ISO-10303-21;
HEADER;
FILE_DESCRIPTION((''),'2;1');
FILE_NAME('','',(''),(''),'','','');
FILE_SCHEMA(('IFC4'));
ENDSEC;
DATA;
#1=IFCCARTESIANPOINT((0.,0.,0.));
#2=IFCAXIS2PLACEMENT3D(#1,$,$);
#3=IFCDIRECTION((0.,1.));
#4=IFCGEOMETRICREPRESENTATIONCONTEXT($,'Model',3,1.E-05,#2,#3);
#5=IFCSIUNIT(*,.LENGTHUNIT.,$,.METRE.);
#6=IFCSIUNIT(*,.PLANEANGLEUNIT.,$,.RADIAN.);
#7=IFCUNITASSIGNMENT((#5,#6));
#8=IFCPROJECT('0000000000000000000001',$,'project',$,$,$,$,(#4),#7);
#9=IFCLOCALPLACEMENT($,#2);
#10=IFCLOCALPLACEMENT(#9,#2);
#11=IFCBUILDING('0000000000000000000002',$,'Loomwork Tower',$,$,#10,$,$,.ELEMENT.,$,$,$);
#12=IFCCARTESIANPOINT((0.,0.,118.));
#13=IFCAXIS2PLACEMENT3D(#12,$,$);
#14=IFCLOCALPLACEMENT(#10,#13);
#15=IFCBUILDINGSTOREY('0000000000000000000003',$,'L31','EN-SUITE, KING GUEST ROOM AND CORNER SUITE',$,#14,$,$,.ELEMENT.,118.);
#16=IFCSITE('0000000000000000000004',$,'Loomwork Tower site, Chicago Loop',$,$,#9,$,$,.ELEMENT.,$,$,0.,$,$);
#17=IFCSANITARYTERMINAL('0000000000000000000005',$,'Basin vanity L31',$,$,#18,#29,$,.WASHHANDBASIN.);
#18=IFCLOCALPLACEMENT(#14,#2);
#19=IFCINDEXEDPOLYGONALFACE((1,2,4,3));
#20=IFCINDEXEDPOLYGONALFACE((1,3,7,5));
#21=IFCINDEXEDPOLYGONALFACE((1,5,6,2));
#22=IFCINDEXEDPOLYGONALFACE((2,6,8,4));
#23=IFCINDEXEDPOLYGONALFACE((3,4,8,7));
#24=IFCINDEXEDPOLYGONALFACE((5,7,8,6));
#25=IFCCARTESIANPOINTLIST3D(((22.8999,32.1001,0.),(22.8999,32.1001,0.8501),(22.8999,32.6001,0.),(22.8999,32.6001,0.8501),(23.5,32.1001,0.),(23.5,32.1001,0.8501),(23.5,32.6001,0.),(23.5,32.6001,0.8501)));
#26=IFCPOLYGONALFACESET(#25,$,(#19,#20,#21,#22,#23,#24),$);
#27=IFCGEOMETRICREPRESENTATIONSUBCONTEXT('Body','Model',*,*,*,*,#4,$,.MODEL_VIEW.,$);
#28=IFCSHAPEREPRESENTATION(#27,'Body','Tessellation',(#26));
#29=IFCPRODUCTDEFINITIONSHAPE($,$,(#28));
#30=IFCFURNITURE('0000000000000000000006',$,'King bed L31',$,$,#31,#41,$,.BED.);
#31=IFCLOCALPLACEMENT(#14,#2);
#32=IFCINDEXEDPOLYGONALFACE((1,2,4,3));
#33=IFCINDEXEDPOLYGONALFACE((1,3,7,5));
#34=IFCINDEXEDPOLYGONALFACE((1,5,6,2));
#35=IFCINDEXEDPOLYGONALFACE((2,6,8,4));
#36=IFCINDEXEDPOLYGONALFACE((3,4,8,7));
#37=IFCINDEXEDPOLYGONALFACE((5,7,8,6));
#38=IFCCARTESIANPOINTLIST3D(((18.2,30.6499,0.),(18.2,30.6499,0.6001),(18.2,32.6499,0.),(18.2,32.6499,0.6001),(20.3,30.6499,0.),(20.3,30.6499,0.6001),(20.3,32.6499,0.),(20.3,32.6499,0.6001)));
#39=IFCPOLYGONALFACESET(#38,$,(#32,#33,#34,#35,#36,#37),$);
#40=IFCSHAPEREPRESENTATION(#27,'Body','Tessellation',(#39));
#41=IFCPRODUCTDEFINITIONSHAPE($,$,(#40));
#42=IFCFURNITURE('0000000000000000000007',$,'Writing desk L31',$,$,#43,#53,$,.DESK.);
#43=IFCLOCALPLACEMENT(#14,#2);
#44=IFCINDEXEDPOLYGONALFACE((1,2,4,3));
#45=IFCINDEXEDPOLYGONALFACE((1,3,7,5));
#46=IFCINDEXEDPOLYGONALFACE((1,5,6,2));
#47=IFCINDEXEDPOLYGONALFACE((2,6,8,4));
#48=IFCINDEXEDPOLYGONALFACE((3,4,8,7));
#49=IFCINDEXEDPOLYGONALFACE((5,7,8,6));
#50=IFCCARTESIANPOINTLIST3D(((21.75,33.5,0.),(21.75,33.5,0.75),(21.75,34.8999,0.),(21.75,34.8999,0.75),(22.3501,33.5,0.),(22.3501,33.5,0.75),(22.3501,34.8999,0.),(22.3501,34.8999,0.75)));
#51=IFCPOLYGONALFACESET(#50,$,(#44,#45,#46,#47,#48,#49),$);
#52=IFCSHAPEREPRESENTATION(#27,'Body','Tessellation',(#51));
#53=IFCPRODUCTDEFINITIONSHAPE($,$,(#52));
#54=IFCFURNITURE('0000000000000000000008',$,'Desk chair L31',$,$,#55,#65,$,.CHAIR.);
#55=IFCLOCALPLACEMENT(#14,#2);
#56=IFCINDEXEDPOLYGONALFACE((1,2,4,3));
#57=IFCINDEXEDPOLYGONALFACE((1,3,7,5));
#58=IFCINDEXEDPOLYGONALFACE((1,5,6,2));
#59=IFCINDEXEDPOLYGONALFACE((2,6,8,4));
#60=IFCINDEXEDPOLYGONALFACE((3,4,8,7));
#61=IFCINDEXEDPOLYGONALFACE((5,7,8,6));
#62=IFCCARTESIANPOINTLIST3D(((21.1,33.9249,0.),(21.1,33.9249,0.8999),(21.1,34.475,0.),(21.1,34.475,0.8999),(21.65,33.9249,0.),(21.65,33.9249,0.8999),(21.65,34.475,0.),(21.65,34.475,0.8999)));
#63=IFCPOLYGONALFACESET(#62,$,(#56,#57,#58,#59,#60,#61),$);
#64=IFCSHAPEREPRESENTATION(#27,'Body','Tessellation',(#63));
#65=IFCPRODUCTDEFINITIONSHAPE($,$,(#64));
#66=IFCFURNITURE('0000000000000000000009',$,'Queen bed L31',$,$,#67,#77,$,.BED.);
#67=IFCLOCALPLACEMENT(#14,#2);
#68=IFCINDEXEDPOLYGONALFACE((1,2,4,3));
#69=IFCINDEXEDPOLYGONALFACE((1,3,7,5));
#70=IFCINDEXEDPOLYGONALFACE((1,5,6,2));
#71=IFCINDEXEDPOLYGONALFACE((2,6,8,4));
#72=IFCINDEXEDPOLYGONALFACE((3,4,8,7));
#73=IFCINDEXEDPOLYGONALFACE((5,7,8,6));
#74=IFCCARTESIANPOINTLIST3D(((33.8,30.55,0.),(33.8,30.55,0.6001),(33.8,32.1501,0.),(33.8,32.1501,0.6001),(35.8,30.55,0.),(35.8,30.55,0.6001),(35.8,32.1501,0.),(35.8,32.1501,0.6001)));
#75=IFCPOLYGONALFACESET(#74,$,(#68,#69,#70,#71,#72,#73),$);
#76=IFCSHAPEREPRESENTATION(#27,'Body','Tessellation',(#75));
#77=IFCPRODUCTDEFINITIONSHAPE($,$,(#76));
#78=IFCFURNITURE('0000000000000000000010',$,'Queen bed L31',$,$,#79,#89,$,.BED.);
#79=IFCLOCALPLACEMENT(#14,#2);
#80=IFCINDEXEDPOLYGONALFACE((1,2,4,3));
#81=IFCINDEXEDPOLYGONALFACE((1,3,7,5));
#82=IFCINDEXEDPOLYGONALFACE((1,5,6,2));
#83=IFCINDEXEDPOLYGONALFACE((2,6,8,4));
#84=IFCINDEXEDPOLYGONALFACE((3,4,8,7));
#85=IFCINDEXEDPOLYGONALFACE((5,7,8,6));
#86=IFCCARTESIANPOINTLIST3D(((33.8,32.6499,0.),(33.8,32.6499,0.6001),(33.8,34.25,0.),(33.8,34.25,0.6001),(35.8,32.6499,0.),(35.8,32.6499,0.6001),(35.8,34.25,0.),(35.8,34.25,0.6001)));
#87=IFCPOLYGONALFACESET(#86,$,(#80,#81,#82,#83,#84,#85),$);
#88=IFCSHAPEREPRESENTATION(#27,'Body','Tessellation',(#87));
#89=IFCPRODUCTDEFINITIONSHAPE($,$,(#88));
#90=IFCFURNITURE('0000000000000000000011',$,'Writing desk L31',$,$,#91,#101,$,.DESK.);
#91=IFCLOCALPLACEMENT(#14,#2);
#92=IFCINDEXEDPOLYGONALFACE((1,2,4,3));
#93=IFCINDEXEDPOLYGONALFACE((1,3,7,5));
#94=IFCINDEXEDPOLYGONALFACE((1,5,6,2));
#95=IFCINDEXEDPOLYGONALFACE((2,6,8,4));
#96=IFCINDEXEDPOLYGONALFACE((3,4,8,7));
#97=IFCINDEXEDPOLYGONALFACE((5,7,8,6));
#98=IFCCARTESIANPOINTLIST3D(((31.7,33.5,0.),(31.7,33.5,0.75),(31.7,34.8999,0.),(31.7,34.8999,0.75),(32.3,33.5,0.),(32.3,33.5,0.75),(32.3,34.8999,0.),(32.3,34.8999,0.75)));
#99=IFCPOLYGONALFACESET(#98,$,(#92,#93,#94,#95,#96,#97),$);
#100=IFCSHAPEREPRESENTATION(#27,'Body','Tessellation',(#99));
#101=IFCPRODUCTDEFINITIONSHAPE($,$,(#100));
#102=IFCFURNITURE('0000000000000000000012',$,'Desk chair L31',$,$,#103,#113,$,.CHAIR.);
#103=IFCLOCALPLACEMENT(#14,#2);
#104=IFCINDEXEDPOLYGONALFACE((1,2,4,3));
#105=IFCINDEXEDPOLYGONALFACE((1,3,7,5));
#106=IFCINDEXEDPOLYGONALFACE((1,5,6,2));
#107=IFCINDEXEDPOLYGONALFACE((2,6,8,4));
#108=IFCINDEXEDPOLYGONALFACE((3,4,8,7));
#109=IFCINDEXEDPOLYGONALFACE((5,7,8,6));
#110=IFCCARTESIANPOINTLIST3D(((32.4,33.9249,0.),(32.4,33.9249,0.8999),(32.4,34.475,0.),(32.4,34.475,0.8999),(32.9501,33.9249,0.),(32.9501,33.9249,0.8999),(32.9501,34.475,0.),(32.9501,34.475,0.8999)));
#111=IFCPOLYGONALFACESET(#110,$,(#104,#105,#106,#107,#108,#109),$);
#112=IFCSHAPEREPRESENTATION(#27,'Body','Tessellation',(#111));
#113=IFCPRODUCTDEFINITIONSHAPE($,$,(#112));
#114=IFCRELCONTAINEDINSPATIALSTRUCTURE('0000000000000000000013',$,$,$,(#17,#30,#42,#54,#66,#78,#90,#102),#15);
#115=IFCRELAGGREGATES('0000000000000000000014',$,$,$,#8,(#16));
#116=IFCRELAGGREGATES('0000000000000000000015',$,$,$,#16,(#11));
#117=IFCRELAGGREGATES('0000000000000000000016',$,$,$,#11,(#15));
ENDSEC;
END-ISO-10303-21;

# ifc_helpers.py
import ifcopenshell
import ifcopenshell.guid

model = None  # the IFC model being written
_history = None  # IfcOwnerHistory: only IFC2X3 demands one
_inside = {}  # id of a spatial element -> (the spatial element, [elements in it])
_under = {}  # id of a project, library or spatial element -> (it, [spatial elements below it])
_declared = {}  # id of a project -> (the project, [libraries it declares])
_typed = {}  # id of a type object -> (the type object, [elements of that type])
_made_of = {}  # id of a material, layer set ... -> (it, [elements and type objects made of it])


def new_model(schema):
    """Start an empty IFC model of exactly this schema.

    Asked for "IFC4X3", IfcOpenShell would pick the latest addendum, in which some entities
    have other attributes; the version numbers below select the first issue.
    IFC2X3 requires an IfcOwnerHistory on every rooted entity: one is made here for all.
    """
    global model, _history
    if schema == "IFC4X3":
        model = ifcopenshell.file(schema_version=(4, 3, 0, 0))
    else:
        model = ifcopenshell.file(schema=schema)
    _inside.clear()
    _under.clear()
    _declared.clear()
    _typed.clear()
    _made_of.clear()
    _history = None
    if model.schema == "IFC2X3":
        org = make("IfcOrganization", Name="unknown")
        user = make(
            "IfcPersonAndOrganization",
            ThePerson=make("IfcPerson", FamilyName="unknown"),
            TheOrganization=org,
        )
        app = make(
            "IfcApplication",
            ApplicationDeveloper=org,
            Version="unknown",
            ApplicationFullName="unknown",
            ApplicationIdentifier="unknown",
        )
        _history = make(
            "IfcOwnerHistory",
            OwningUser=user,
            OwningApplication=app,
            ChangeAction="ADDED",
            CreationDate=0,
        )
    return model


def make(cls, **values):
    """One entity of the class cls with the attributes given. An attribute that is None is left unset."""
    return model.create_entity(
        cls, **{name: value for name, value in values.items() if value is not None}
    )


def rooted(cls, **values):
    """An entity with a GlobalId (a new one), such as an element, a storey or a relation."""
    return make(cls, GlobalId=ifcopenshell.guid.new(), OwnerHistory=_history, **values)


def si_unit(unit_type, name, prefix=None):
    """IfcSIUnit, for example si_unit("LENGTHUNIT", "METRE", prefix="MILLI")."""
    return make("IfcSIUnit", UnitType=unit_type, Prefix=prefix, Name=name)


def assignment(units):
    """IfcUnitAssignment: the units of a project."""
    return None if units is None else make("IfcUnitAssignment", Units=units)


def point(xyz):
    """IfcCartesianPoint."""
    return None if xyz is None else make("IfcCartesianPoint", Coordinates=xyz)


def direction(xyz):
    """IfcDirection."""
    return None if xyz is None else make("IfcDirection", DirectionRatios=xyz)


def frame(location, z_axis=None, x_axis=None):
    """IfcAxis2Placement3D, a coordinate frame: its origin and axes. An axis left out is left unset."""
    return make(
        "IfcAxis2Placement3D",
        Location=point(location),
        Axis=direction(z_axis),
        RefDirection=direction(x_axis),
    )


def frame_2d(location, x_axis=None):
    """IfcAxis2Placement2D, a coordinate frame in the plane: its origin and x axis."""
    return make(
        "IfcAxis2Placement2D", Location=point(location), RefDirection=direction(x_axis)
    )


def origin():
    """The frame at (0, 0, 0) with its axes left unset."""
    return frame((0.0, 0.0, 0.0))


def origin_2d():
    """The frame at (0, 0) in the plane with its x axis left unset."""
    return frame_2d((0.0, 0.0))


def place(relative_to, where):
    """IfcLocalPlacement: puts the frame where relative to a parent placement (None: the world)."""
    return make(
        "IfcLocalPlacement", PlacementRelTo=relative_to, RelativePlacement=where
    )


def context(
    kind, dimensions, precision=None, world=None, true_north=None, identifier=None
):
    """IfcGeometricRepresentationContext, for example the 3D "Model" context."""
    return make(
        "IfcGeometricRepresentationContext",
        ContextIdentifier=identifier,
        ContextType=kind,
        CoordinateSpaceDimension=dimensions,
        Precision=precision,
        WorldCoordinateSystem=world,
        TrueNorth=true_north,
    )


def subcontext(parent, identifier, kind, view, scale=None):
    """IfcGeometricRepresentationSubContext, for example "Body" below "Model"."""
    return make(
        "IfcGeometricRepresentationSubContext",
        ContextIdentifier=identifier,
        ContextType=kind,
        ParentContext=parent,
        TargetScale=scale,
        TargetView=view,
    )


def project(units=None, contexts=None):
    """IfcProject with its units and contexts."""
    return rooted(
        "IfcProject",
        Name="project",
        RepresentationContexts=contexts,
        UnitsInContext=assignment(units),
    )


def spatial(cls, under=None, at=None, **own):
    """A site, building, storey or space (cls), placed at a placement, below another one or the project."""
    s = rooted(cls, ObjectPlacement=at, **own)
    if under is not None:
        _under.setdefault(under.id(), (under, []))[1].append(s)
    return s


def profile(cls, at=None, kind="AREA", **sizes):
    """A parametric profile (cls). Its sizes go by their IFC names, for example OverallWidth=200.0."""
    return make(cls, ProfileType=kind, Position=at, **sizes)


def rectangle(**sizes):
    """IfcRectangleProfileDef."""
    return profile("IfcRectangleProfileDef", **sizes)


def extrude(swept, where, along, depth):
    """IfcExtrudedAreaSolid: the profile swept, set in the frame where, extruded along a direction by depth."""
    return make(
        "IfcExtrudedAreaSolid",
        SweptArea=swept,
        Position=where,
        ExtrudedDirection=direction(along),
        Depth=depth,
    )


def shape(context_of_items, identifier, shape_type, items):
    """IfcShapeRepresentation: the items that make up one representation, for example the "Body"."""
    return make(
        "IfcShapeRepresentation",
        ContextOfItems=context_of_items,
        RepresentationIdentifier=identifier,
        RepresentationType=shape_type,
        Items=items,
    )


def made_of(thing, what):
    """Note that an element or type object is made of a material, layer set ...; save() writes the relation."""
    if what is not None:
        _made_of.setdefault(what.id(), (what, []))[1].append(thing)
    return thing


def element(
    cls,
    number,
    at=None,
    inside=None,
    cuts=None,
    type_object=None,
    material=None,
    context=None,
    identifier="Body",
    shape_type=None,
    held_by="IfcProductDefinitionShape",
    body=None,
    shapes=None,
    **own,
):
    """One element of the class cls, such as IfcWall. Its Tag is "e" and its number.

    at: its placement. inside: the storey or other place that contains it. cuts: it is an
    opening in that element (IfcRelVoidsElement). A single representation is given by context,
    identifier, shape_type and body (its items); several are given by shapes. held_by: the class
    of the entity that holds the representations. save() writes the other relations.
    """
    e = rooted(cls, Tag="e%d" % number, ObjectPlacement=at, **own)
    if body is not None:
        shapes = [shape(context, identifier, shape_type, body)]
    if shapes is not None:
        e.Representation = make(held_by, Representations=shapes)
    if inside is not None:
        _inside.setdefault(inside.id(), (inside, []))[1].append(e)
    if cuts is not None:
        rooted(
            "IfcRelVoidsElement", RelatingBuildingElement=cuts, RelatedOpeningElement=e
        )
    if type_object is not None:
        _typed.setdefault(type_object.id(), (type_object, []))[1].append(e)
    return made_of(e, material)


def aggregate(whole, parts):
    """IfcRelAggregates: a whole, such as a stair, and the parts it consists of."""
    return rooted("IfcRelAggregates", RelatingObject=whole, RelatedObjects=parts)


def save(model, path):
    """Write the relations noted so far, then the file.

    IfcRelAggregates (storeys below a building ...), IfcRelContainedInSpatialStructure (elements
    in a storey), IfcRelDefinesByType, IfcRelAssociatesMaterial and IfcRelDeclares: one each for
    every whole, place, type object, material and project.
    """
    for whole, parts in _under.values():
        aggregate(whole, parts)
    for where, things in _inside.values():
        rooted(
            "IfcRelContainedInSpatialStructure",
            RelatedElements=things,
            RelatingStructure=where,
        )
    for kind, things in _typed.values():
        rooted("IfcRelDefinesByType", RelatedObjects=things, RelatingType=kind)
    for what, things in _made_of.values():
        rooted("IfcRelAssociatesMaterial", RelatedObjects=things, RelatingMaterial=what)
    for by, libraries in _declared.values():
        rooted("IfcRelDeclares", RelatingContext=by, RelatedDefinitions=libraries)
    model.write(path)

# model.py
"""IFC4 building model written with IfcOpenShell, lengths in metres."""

from ifc_helpers import new_model, si_unit, direction, frame, origin, origin_2d, place, context, subcontext, project, spatial, rectangle, extrude, element, save


model = new_model("IFC4")

# Units and contexts
model_context = context("Model", 3, precision=1e-05, world=origin(), true_north=direction((0.0, 1.0)))
body_context = subcontext(model_context, "Body", "Model", "MODEL_VIEW")
ifc_project = project(units=[si_unit("LENGTHUNIT", "METRE"), si_unit("PLANEANGLEUNIT", "RADIAN")], contexts=[model_context])

# Site, building, storey
site_placement = place(None, origin())
site = spatial("IfcSite", under=ifc_project, at=site_placement, Name="Loomwork Tower site, Chicago Loop", CompositionType="ELEMENT", RefElevation=0.0)
building_placement = place(site_placement, origin())
building = spatial("IfcBuilding", under=site, at=building_placement, Name="Loomwork Tower", CompositionType="ELEMENT")
storey_placement = place(building_placement, frame((0.0, 0.0, 118.0)))
storey = spatial("IfcBuildingStorey", under=building, at=storey_placement, Name="L31", Description="EN-SUITE, KING GUEST ROOM AND CORNER SUITE", CompositionType="ELEMENT", Elevation=118.0)

# Sanitary terminal
sanitary_terminal_1_placement = place(storey_placement, frame((23.2, 32.3501, 0.0), z_axis=(0.0, 0.0, 1.0), x_axis=(1.0, 0.0, 0.0)))
element("IfcSanitaryTerminal", 1, at=sanitary_terminal_1_placement, inside=storey, Name="Basin vanity L31", PredefinedType="WASHHANDBASIN", context=body_context, shape_type="SweptSolid", body=[
    extrude(rectangle(XDim=0.6001, YDim=0.5, at=origin_2d()), origin(), (0.0, 0.0, 1.0), 0.8501),
])

# Furniture
furniture_1_placement = place(storey_placement, frame((19.25, 31.6499, 0.0), z_axis=(0.0, 0.0, 1.0), x_axis=(1.0, 0.0, 0.0)))
element("IfcFurniture", 2, at=furniture_1_placement, inside=storey, Name="King bed L31", PredefinedType="BED", context=body_context, shape_type="SweptSolid", body=[
    extrude(rectangle(XDim=2.1001, YDim=2.0, at=origin_2d()), origin(), (0.0, 0.0, 1.0), 0.6001),
])
furniture_2_placement = place(storey_placement, frame((22.05, 34.2, 0.0), z_axis=(0.0, 0.0, 1.0), x_axis=(1.0, 0.0, 0.0)))
element("IfcFurniture", 3, at=furniture_2_placement, inside=storey, Name="Writing desk L31", PredefinedType="DESK", context=body_context, shape_type="SweptSolid", body=[
    extrude(rectangle(XDim=0.6001, YDim=1.3999, at=origin_2d()), origin(), (0.0, 0.0, 1.0), 0.75),
])
furniture_3_placement = place(storey_placement, frame((21.375, 34.2, 0.0), z_axis=(0.0, 0.0, 1.0), x_axis=(1.0, 0.0, 0.0)))
element("IfcFurniture", 4, at=furniture_3_placement, inside=storey, Name="Desk chair L31", PredefinedType="CHAIR", context=body_context, shape_type="SweptSolid", body=[
    extrude(rectangle(XDim=0.55, YDim=0.55, at=origin_2d()), origin(), (0.0, 0.0, 1.0), 0.8999),
])
for number, where, z_axis, x_axis, name in (
    (5, (34.8, 31.3501, 0.0), (0.0, 0.0, 1.0), (1.0, 0.0, 0.0), "Queen bed L31"),
    (6, (34.8, 33.45, 0.0), (0.0, 0.0, 1.0), (1.0, 0.0, 0.0), "Queen bed L31"),
):
    element("IfcFurniture", number, at=place(storey_placement, frame(where, z_axis=z_axis, x_axis=x_axis)), inside=storey, Name=name, PredefinedType="BED", context=body_context, shape_type="SweptSolid", body=[
        extrude(rectangle(XDim=2.0, YDim=1.6001, at=origin_2d()), origin(), (0.0, 0.0, 1.0), 0.6001),
    ])
furniture_4_placement = place(storey_placement, frame((32.0, 34.2, 0.0), z_axis=(0.0, 0.0, 1.0), x_axis=(1.0, 0.0, 0.0)))
element("IfcFurniture", 7, at=furniture_4_placement, inside=storey, Name="Writing desk L31", PredefinedType="DESK", context=body_context, shape_type="SweptSolid", body=[
    extrude(rectangle(XDim=0.6001, YDim=1.3999, at=origin_2d()), origin(), (0.0, 0.0, 1.0), 0.75),
])
furniture_5_placement = place(storey_placement, frame((32.675, 34.2, 0.0), z_axis=(0.0, 0.0, 1.0), x_axis=(1.0, 0.0, 0.0)))
element("IfcFurniture", 8, at=furniture_5_placement, inside=storey, Name="Desk chair L31", PredefinedType="CHAIR", context=body_context, shape_type="SweptSolid", body=[
    extrude(rectangle(XDim=0.55, YDim=0.55, at=origin_2d()), origin(), (0.0, 0.0, 1.0), 0.8999),
])

save(model, "model.ifc")
